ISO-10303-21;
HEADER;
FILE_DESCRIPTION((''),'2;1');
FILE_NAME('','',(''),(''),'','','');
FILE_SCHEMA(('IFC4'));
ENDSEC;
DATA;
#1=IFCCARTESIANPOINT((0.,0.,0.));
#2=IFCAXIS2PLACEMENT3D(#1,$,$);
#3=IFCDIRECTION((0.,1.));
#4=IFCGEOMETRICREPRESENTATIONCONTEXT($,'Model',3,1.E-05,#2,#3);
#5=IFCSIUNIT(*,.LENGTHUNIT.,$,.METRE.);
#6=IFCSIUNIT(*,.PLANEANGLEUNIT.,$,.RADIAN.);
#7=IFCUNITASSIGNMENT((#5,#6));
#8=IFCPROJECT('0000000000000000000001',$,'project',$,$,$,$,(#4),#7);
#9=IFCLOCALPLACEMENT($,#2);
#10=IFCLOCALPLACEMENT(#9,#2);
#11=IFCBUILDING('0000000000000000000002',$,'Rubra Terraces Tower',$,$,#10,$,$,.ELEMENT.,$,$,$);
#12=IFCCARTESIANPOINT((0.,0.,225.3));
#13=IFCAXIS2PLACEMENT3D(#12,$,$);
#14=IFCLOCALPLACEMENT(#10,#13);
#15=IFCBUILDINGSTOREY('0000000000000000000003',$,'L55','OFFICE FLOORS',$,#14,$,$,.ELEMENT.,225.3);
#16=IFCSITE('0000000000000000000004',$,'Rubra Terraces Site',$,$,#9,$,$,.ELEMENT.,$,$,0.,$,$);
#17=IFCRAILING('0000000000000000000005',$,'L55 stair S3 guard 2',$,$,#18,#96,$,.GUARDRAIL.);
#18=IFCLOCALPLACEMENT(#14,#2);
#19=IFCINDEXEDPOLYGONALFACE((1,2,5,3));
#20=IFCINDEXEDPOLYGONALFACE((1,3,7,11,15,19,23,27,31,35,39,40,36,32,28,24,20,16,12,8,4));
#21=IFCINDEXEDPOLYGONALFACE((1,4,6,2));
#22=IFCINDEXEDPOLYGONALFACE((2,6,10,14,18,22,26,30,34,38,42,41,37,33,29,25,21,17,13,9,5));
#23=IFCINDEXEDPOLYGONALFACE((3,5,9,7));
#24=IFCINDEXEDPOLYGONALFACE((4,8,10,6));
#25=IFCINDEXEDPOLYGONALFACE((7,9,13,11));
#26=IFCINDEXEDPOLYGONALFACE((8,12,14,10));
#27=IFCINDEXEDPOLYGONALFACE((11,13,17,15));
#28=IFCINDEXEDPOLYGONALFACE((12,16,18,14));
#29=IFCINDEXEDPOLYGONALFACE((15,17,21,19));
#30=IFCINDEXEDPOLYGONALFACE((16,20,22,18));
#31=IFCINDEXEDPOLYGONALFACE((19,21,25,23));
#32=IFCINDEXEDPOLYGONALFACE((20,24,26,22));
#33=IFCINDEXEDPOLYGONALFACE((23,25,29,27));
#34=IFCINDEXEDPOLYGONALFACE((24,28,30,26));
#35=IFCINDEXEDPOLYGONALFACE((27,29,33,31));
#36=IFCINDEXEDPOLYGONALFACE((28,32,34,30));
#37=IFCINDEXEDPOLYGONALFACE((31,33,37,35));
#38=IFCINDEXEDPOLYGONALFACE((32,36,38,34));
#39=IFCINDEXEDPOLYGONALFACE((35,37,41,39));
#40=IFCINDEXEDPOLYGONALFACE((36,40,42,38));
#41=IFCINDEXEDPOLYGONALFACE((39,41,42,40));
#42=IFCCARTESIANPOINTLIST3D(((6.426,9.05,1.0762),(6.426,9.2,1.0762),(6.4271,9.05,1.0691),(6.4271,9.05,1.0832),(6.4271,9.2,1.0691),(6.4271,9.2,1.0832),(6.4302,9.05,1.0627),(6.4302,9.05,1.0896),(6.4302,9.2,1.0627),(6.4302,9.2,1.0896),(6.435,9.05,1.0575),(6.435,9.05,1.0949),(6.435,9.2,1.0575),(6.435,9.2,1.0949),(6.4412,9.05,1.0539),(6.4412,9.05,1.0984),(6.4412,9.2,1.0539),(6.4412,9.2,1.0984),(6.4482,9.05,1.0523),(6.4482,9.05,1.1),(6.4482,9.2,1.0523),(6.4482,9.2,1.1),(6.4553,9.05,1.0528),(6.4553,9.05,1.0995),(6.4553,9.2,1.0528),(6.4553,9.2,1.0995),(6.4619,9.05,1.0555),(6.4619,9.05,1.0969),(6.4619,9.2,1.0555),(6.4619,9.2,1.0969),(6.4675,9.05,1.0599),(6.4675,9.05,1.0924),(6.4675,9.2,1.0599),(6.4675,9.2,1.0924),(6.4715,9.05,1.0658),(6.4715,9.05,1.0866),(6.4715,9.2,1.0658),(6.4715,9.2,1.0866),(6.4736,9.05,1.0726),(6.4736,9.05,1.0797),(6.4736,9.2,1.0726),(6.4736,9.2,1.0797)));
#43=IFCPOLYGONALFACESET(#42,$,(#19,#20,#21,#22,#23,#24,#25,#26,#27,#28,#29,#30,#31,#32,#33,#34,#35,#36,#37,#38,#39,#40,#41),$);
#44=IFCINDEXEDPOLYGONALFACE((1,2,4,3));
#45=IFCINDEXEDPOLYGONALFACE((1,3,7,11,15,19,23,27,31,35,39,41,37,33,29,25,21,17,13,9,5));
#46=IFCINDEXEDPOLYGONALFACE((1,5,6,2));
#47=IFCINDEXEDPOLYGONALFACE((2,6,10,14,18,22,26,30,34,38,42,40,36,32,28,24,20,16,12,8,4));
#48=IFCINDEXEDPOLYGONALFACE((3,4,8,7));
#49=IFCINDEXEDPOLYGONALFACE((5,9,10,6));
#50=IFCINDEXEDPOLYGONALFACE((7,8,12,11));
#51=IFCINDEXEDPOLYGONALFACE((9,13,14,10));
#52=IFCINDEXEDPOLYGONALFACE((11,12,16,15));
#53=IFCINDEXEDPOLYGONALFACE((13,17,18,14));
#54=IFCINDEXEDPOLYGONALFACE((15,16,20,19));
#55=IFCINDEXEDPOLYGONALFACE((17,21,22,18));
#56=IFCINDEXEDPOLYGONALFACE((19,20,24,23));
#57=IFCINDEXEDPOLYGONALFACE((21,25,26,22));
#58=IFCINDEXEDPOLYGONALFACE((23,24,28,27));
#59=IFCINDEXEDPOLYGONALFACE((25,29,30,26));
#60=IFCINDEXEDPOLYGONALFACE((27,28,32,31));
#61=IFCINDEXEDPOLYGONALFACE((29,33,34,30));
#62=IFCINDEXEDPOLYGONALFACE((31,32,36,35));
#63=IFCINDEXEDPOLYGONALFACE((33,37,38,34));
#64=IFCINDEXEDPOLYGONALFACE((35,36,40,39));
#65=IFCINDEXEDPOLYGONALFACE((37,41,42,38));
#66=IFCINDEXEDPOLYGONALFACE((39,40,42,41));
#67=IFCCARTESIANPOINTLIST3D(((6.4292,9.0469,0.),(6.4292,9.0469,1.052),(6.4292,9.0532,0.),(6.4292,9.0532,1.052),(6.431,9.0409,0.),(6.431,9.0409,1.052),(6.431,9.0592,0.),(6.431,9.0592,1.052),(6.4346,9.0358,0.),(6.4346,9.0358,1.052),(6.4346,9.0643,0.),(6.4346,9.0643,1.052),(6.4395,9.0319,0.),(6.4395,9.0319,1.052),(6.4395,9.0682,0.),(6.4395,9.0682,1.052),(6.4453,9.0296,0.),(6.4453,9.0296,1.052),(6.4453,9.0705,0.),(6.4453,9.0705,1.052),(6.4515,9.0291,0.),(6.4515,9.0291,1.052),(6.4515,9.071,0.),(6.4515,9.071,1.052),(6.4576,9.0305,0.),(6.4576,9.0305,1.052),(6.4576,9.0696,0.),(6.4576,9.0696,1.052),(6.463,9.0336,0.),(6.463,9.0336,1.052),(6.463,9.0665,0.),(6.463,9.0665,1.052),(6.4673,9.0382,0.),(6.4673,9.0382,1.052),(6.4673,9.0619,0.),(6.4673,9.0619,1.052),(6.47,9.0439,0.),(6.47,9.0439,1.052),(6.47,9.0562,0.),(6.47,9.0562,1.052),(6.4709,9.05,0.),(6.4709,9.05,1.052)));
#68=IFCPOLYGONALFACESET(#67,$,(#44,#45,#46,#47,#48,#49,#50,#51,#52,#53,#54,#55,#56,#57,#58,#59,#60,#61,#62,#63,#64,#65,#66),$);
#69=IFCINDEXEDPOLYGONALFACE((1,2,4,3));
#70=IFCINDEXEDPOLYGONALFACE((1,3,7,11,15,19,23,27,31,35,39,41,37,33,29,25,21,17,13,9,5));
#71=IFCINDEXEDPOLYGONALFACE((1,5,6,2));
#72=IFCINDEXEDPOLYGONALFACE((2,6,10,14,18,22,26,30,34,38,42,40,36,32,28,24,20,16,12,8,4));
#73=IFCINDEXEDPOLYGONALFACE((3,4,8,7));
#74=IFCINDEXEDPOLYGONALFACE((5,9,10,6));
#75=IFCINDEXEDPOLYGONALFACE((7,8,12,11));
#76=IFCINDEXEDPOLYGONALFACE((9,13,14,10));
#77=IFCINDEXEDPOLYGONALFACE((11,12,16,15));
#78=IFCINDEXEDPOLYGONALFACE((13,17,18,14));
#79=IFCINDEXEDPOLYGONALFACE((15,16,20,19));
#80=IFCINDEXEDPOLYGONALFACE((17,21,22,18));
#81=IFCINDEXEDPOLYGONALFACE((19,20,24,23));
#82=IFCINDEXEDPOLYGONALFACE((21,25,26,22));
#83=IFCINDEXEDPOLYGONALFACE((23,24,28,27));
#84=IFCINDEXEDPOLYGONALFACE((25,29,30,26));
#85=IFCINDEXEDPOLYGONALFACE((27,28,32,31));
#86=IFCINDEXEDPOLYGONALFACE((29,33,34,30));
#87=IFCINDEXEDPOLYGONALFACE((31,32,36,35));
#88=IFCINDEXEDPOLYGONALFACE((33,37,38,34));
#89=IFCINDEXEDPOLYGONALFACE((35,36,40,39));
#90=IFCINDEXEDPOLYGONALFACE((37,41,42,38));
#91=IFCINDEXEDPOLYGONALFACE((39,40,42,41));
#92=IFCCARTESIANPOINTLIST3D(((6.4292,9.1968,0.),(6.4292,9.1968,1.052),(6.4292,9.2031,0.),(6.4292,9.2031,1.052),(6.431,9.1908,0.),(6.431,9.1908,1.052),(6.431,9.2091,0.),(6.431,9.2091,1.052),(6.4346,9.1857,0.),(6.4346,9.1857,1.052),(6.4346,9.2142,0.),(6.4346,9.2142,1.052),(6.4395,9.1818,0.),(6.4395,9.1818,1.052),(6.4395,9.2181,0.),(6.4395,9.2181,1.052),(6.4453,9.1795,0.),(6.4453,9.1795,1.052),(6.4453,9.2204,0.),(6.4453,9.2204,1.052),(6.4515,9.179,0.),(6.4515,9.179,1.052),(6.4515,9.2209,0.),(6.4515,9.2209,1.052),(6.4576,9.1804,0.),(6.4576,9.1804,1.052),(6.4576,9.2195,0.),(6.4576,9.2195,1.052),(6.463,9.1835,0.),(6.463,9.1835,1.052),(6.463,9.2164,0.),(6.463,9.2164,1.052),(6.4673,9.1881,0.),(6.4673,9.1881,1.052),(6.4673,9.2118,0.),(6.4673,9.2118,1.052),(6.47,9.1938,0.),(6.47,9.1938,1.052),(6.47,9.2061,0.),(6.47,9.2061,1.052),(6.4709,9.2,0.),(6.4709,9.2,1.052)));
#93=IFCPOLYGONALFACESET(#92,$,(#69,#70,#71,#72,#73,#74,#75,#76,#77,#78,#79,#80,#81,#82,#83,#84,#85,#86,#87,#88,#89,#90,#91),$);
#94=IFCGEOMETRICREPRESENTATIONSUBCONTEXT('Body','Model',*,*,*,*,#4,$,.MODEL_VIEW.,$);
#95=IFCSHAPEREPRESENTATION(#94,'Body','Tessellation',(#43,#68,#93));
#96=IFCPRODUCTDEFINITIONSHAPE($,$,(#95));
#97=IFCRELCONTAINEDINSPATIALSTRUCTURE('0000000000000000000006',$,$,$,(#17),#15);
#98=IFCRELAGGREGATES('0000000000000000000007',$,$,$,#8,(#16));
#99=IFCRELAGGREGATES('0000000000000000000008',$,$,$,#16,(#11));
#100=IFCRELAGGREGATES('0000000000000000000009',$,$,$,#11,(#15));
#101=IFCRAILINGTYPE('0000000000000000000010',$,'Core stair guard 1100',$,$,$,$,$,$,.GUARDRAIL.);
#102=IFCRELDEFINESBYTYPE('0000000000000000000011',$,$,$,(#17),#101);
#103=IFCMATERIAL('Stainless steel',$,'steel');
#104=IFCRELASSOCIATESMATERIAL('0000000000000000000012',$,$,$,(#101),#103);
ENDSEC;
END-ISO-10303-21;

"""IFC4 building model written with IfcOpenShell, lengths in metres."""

from ifc_helpers import new_model, si_unit, direction, frame, origin, origin_2d, place, context, subcontext, project, spatial, circle, extrude, material, type_object, element, save


model = new_model("IFC4")

# Units and contexts
model_context = context("Model", 3, precision=1e-05, world=origin(), true_north=direction((0.0, 1.0)))
body_context = subcontext(model_context, "Body", "Model", "MODEL_VIEW")
ifc_project = project(units=[si_unit("LENGTHUNIT", "METRE"), si_unit("PLANEANGLEUNIT", "RADIAN")], contexts=[model_context])

# Site, building, storey
site_placement = place(None, origin())
site = spatial("IfcSite", under=ifc_project, at=site_placement, Name="Rubra Terraces Site", CompositionType="ELEMENT", RefElevation=0.0)
building_placement = place(site_placement, origin())
building = spatial("IfcBuilding", under=site, at=building_placement, Name="Rubra Terraces Tower", CompositionType="ELEMENT")
storey_placement = place(building_placement, frame((0.0, 0.0, 225.3)))
storey = spatial("IfcBuildingStorey", under=building, at=storey_placement, Name="L55", Description="OFFICE FLOORS", CompositionType="ELEMENT", Elevation=225.3)

# Shared definitions
ifc_material_1 = material(Name="Stainless steel", Category="steel")

# Railing
railing_type_1 = type_object("IfcRailingType", Name="Core stair guard 1100", PredefinedType="GUARDRAIL", material=ifc_material_1)
railing_1_placement = place(storey_placement, frame((6.45, 9.05, 0.0)))
element("IfcRailing", 1, at=railing_1_placement, inside=storey, type_object=railing_type_1, Name="L55 stair S3 guard 2", PredefinedType="GUARDRAIL", context=body_context, shape_type="SweptSolid", body=[
    extrude(circle(Radius=0.0239, at=origin_2d()), frame((0.0, 0.0, 1.0762), z_axis=(0.0, 1.0, 0.0), x_axis=(-1.0, 0.0, 0.0)), (0.0, 0.0, 1.0), 0.1499),
    extrude(circle(Radius=0.021, at=origin_2d()), origin(), (0.0, 0.0, 1.0), 1.052),
    extrude(circle(Radius=0.021, at=origin_2d()), frame((0.0, 0.1499, 0.0)), (0.0, 0.0, 1.0), 1.052),
])

save(model, "model.ifc")
